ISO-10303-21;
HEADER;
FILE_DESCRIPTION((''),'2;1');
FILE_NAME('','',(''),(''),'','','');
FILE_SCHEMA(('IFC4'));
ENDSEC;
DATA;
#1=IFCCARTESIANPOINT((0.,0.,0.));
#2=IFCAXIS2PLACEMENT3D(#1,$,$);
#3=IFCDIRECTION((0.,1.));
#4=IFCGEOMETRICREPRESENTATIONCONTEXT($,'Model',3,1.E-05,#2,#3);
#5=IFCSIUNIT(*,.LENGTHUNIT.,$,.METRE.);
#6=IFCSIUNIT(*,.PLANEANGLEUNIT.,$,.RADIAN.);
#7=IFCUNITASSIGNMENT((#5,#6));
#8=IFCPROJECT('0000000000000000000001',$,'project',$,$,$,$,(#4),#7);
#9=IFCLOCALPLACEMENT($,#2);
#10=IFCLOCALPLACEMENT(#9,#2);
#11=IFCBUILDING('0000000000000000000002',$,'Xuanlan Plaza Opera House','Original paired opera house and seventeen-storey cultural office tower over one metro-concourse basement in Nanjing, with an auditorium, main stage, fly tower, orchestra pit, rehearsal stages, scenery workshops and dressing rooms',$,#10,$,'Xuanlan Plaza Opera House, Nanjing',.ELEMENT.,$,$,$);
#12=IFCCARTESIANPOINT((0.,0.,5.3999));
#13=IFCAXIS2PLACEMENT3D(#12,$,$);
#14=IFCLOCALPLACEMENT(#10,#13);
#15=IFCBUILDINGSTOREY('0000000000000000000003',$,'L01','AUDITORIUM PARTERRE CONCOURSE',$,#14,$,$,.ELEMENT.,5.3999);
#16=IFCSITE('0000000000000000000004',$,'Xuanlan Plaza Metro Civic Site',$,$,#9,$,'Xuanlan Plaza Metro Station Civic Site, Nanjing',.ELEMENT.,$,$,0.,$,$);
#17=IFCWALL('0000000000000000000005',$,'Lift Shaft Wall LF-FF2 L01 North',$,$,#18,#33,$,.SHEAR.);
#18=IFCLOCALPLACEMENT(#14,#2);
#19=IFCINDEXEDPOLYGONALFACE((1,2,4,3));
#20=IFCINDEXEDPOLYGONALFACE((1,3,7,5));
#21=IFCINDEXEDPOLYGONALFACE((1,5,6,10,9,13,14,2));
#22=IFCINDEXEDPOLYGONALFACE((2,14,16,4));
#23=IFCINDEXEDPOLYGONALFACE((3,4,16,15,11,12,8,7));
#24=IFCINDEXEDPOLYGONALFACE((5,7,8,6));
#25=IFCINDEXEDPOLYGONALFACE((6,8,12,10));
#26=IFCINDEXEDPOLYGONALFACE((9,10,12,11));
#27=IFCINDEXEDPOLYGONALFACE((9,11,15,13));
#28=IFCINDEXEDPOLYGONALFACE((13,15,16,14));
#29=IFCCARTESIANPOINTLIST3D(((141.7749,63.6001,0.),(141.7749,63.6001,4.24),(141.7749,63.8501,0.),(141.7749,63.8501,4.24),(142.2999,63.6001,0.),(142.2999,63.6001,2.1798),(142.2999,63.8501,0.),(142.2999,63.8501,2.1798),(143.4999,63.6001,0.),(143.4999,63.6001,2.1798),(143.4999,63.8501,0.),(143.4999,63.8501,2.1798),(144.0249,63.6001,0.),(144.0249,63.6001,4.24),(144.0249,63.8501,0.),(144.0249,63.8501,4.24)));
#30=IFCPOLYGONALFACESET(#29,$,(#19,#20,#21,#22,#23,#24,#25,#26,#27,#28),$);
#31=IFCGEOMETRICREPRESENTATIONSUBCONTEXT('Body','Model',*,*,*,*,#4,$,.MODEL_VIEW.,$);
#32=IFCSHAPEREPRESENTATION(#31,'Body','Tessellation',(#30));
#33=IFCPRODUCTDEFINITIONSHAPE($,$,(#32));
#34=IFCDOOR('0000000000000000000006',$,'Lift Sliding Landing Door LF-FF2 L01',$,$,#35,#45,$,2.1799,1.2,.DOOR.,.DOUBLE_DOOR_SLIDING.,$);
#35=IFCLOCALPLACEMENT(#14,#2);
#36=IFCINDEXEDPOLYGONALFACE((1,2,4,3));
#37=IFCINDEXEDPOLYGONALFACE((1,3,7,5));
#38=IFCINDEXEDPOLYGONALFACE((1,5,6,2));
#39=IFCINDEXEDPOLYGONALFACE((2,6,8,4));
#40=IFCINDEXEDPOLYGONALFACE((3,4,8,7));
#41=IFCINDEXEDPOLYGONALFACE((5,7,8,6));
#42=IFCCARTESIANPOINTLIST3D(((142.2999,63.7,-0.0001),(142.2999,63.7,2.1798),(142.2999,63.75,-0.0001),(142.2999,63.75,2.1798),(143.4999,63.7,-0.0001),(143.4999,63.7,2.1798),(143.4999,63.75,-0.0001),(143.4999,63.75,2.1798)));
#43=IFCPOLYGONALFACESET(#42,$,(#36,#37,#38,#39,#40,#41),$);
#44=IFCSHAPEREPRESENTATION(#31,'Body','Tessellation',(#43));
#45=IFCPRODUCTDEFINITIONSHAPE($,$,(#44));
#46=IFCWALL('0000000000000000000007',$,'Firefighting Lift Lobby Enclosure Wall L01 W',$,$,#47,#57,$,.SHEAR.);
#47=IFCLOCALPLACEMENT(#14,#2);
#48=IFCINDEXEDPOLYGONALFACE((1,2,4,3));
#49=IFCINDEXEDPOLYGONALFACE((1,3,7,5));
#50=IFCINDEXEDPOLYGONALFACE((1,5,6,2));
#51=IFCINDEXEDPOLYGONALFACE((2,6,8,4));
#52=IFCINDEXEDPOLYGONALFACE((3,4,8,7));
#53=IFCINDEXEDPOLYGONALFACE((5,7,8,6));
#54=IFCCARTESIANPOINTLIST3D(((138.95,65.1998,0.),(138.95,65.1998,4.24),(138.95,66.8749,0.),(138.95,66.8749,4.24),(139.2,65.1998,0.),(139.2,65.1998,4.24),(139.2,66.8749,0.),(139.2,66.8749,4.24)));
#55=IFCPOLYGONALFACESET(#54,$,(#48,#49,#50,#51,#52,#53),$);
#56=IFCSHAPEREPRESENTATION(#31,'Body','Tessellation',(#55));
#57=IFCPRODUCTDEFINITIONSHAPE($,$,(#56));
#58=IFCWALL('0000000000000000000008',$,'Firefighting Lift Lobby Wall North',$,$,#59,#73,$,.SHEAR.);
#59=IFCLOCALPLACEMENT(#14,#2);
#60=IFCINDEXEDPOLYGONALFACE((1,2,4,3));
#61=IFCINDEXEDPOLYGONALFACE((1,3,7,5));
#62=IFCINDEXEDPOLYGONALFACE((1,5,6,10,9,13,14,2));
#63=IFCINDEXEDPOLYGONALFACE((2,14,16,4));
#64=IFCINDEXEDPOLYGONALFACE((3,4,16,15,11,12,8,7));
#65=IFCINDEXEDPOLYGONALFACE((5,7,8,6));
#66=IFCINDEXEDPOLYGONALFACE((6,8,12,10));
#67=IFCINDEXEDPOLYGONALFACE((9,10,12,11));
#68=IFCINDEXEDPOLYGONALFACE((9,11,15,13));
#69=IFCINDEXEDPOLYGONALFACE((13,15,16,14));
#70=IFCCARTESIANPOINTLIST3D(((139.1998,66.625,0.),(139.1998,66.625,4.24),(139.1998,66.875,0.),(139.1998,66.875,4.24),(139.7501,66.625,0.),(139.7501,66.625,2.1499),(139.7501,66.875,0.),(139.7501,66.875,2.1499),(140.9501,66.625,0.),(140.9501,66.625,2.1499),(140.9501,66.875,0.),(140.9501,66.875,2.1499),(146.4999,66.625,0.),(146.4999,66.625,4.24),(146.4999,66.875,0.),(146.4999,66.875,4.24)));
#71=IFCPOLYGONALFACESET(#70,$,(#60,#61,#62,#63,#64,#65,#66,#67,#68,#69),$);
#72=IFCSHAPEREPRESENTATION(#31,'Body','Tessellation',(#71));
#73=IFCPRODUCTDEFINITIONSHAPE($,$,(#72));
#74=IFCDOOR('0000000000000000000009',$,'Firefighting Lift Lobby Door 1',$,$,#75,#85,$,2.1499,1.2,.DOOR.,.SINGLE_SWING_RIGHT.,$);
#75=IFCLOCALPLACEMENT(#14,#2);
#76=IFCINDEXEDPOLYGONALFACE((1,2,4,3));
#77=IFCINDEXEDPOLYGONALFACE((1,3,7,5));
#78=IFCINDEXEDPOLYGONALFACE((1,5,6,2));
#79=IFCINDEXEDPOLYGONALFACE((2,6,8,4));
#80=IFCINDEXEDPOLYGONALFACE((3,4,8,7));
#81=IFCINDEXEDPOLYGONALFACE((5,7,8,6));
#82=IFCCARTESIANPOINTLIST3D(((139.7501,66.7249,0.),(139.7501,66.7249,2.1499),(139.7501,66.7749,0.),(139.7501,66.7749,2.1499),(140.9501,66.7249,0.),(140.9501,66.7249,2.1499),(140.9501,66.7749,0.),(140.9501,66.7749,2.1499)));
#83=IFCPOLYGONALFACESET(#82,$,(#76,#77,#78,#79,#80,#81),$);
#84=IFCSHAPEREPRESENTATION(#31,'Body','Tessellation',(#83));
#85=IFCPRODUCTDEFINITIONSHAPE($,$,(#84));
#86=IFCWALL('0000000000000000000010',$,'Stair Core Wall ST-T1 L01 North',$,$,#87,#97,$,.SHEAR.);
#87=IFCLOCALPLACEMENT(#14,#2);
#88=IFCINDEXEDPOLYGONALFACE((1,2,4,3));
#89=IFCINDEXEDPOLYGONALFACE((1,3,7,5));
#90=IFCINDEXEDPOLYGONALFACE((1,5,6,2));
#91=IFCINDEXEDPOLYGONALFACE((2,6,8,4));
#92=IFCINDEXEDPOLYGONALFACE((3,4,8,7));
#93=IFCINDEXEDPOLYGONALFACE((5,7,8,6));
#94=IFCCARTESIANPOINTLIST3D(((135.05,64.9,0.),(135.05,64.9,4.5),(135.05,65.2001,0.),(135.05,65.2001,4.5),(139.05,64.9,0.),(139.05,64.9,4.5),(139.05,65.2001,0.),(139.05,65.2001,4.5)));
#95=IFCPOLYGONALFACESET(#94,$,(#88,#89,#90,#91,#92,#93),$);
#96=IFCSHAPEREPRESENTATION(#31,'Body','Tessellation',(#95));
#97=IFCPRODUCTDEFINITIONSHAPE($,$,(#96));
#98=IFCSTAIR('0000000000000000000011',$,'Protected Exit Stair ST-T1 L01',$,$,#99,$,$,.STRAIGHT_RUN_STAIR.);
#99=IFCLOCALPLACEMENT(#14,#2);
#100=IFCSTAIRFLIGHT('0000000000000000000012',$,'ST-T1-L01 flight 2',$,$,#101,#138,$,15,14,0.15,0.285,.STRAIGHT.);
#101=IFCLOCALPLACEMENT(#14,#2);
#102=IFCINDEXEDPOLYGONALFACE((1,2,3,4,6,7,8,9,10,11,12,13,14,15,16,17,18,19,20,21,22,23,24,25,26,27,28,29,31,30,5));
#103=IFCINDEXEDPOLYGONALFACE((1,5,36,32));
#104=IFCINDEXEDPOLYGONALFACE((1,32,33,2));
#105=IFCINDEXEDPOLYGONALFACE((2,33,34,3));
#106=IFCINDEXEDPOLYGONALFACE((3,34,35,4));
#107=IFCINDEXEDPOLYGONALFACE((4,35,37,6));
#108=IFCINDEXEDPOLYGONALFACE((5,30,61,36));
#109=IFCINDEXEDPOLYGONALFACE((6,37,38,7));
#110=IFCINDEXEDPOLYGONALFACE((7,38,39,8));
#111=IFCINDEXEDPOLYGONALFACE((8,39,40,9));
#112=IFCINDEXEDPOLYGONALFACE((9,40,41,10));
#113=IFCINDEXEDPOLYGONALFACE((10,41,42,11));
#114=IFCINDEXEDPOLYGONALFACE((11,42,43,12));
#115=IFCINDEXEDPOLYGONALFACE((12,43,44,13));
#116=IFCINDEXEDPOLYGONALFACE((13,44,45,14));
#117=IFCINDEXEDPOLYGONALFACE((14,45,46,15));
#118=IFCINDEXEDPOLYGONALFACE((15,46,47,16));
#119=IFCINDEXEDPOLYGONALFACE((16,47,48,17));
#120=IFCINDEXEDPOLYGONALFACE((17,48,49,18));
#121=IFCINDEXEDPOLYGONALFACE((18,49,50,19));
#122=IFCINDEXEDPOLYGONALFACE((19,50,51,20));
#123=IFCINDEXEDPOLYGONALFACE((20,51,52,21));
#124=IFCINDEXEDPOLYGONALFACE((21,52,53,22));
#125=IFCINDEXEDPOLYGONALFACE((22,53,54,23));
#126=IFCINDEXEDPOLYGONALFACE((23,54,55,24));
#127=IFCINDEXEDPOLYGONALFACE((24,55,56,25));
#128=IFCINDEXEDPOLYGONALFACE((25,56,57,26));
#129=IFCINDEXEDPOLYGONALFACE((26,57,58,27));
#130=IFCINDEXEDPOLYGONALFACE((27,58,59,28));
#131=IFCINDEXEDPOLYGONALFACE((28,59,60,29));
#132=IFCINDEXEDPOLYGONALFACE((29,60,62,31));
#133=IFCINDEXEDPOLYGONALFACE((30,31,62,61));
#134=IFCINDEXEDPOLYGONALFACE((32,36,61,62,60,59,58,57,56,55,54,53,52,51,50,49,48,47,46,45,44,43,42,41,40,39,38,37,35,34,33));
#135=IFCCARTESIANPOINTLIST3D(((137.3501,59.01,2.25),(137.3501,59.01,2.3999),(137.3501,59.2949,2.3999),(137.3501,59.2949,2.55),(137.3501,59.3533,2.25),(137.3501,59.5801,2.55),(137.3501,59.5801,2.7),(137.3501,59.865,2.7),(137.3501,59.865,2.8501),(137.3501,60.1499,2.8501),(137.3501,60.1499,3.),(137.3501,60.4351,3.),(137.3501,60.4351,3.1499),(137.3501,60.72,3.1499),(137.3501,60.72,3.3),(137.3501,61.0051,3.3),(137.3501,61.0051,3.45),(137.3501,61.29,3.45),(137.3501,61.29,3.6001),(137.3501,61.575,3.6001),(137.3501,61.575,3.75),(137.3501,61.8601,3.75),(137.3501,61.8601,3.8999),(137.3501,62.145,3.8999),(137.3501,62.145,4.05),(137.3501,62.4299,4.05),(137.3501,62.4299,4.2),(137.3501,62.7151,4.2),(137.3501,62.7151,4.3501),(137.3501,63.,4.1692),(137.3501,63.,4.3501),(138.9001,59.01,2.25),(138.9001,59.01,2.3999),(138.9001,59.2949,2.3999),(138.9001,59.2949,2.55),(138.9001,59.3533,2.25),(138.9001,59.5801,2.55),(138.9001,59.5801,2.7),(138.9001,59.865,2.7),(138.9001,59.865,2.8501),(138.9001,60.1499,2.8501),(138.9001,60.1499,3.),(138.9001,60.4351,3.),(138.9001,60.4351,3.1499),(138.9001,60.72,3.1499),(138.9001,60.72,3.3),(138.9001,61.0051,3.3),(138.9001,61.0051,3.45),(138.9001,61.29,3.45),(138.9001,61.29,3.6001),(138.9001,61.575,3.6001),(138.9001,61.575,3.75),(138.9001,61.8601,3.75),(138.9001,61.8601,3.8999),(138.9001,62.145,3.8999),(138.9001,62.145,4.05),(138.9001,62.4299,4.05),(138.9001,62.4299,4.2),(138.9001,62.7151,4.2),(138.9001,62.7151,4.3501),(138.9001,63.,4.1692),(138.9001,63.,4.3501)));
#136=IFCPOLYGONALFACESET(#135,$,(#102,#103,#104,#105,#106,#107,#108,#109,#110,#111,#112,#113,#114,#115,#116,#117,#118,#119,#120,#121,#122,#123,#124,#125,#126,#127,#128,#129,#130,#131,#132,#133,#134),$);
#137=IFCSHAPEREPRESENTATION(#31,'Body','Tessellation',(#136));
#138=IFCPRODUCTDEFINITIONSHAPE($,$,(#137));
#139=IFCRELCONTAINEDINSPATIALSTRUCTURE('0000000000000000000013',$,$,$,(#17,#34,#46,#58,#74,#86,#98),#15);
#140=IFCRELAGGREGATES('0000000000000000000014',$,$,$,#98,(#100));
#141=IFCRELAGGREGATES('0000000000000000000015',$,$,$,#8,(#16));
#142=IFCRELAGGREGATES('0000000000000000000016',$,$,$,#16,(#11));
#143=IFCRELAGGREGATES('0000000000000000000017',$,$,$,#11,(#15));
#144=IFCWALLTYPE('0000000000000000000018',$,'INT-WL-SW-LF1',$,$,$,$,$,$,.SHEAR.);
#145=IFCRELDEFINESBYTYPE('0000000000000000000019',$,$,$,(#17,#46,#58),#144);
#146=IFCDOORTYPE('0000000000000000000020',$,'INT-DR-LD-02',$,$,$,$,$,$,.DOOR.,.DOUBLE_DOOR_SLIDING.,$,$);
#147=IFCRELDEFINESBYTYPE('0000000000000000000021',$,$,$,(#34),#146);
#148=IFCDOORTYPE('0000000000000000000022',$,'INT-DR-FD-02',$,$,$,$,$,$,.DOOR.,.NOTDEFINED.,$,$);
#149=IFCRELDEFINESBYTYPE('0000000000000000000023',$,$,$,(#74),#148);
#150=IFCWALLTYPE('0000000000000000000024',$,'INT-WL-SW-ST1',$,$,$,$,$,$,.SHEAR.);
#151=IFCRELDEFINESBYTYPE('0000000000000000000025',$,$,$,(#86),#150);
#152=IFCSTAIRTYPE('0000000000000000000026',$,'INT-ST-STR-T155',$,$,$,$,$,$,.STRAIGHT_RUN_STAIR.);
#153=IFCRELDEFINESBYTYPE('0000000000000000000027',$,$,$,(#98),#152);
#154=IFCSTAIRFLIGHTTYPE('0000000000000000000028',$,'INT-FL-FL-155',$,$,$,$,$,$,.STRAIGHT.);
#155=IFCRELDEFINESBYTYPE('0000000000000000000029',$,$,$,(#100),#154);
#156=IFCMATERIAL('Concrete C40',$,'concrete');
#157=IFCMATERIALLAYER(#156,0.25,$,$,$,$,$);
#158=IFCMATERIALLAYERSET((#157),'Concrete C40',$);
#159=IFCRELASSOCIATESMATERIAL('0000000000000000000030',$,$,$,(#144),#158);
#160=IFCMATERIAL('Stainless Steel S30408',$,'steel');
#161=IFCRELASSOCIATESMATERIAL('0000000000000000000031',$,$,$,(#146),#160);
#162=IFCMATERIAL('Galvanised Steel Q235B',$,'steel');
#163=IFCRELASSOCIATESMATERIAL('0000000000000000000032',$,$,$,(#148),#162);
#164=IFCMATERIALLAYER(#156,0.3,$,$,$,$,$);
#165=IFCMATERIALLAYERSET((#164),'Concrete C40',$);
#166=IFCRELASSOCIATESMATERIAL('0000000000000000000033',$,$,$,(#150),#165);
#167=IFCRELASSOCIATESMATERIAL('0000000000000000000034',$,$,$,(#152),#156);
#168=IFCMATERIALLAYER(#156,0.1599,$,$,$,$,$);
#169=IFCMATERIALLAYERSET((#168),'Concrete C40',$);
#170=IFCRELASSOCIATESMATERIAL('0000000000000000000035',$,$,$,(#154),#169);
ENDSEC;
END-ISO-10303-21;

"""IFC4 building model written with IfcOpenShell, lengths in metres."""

from ifc_helpers import new_model, si_unit, direction, frame, frame_2d, origin, place, context, subcontext, project, spatial, polyline, rectangle, outline, extrude, material, layer, layer_set, type_object, element, fill, aggregate, save


model = new_model("IFC4")

# Units and contexts
model_context = context("Model", 3, precision=1e-05, world=origin(), true_north=direction((0.0, 1.0)))
body_context = subcontext(model_context, "Body", "Model", "MODEL_VIEW")
ifc_project = project(units=[si_unit("LENGTHUNIT", "METRE"), si_unit("PLANEANGLEUNIT", "RADIAN")], contexts=[model_context])

# Site, building, storey
site_placement = place(None, origin())
site = spatial("IfcSite", under=ifc_project, at=site_placement, Name="Xuanlan Plaza Metro Civic Site", LongName="Xuanlan Plaza Metro Station Civic Site, Nanjing", CompositionType="ELEMENT", RefElevation=0.0)
building_placement = place(site_placement, origin())
building = spatial("IfcBuilding", under=site, at=building_placement, Name="Xuanlan Plaza Opera House", Description="Original paired opera house and seventeen-storey cultural office tower over one metro-concourse basement in Nanjing, with an auditorium, main stage, fly tower, orchestra pit, rehearsal stages, scenery workshops and dressing rooms", LongName="Xuanlan Plaza Opera House, Nanjing", CompositionType="ELEMENT")
storey_placement = place(building_placement, frame((0.0, 0.0, 5.3999)))
storey = spatial("IfcBuildingStorey", under=building, at=storey_placement, Name="L01", Description="AUDITORIUM PARTERRE CONCOURSE", CompositionType="ELEMENT", Elevation=5.3999)

# Shared definitions
ifc_material_1 = material(Name="Concrete C40", Category="concrete")

# Shared definitions
ifc_layer_1 = layer(ifc_material_1, 0.25)
ifc_layer_set_1 = layer_set([ifc_layer_1], Name="Concrete C40")
wall_type_1 = type_object("IfcWallType", Name="INT-WL-SW-LF1", PredefinedType="SHEAR", material=ifc_layer_set_1)

# Shared definitions
ifc_material_2 = material(Name="Stainless Steel S30408", Category="steel")
door_type_1 = type_object("IfcDoorType", Name="INT-DR-LD-02", OperationType="DOUBLE_DOOR_SLIDING", PredefinedType="DOOR", material=ifc_material_2)

# Wall, opening, door
wall_1_placement = place(storey_placement, frame((141.7749, 63.7251, 0.0), z_axis=(0.0, 0.0, 1.0), x_axis=(1.0, 0.0, 0.0)))
wall_1 = element("IfcWall", 1, at=wall_1_placement, inside=storey, type_object=wall_type_1, Name="Lift Shaft Wall LF-FF2 L01 North", PredefinedType="SHEAR", context=body_context, shape_type="SweptSolid", body=[
    extrude(rectangle(XDim=2.25, YDim=0.25, at=frame_2d((1.125, 0.0))), origin(), (0.0, 0.0, 1.0), 4.24),
])
opening_1_placement = place(wall_1_placement, frame((0.5249, 0.0, 0.0)))
opening_1 = element("IfcOpeningElement", 2, at=opening_1_placement, cuts=wall_1, PredefinedType="OPENING", context=body_context, shape_type="SweptSolid", body=[
    extrude(rectangle(XDim=1.2, YDim=2.1799, at=frame_2d((0.6001, 1.0898))), frame((0.0, 0.135, 0.0), z_axis=(0.0, -1.0, 0.0), x_axis=(1.0, 0.0, 0.0)), (0.0, 0.0, 1.0), 0.27),
])
door_1_placement = place(opening_1_placement, origin())
door_1 = element("IfcDoor", 3, at=door_1_placement, inside=storey, type_object=door_type_1, Name="Lift Sliding Landing Door LF-FF2 L01", OperationType="DOUBLE_DOOR_SLIDING", OverallHeight=2.1799, OverallWidth=1.2, PredefinedType="DOOR", context=body_context, shape_type="SweptSolid", body=[
    extrude(rectangle(XDim=1.2, YDim=2.1799, at=frame_2d((0.6001, 1.0898))), frame((0.0, 0.0249, 0.0), z_axis=(0.0, -1.0, 0.0), x_axis=(1.0, 0.0, 0.0)), (0.0, 0.0, 1.0), 0.05),
])
fill(opening_1, door_1)

# Wall
wall_2_placement = place(storey_placement, frame((139.075, 65.2, 0.0), z_axis=(0.0, 0.0, 1.0), x_axis=(0.0, 1.0, 0.0)))
element("IfcWall", 4, at=wall_2_placement, inside=storey, type_object=wall_type_1, Name="Firefighting Lift Lobby Enclosure Wall L01 W", PredefinedType="SHEAR", context=body_context, shape_type="SweptSolid", body=[
    extrude(rectangle(XDim=1.675, YDim=0.25, at=frame_2d((0.8374, 0.0))), origin(), (0.0, 0.0, 1.0), 4.24),
])

# Wall, opening, door
wall_3_placement = place(storey_placement, frame((139.2, 66.75, 0.0), z_axis=(0.0, 0.0, 1.0), x_axis=(1.0, 0.0, 0.0)))
wall_3 = element("IfcWall", 5, at=wall_3_placement, inside=storey, type_object=wall_type_1, Name="Firefighting Lift Lobby Wall North", PredefinedType="SHEAR", context=body_context, shape_type="SweptSolid", body=[
    extrude(rectangle(XDim=7.3, YDim=0.25, at=frame_2d((3.6499, 0.0))), origin(), (0.0, 0.0, 1.0), 4.24),
])
opening_2_placement = place(wall_3_placement, frame((0.55, 0.0, 0.0)))
opening_2 = element("IfcOpeningElement", 6, at=opening_2_placement, cuts=wall_3, PredefinedType="OPENING", context=body_context, shape_type="SweptSolid", body=[
    extrude(rectangle(XDim=1.2, YDim=2.1499, at=frame_2d((0.6001, 1.075))), frame((0.0, 0.135, 0.0), z_axis=(0.0, -1.0, 0.0), x_axis=(1.0, 0.0, 0.0)), (0.0, 0.0, 1.0), 0.27),
])
ifc_material_3 = material(Name="Galvanised Steel Q235B", Category="steel")
door_type_2 = type_object("IfcDoorType", Name="INT-DR-FD-02", OperationType="NOTDEFINED", PredefinedType="DOOR", material=ifc_material_3)
door_2_placement = place(opening_2_placement, origin())
door_2 = element("IfcDoor", 7, at=door_2_placement, inside=storey, type_object=door_type_2, Name="Firefighting Lift Lobby Door 1", OperationType="SINGLE_SWING_RIGHT", OverallHeight=2.1499, OverallWidth=1.2, PredefinedType="DOOR", context=body_context, shape_type="SweptSolid", body=[
    extrude(rectangle(XDim=1.2, YDim=2.1499, at=frame_2d((0.6001, 1.075))), frame((0.0, 0.0249, 0.0), z_axis=(0.0, -1.0, 0.0), x_axis=(1.0, 0.0, 0.0)), (0.0, 0.0, 1.0), 0.05),
])
fill(opening_2, door_2)

# Wall
ifc_layer_2 = layer(ifc_material_1, 0.3)
ifc_layer_set_2 = layer_set([ifc_layer_2], Name="Concrete C40")
wall_type_2 = type_object("IfcWallType", Name="INT-WL-SW-ST1", PredefinedType="SHEAR", material=ifc_layer_set_2)
wall_4_placement = place(storey_placement, frame((135.05, 65.05, 0.0), z_axis=(0.0, 0.0, 1.0), x_axis=(1.0, 0.0, 0.0)))
element("IfcWall", 8, at=wall_4_placement, inside=storey, type_object=wall_type_2, Name="Stair Core Wall ST-T1 L01 North", PredefinedType="SHEAR", context=body_context, shape_type="SweptSolid", body=[
    extrude(rectangle(XDim=4.0, YDim=0.3, at=frame_2d((2.0, 0.0))), origin(), (0.0, 0.0, 1.0), 4.5),
])

# Stair, stair flight
stair_type = type_object("IfcStairType", Name="INT-ST-STR-T155", PredefinedType="STRAIGHT_RUN_STAIR", material=ifc_material_1)
stair_placement = place(storey_placement, origin())
stair = element("IfcStair", 9, at=stair_placement, inside=storey, type_object=stair_type, Name="Protected Exit Stair ST-T1 L01", PredefinedType="STRAIGHT_RUN_STAIR")
ifc_layer_3 = layer(ifc_material_1, 0.1599)
ifc_layer_set_3 = layer_set([ifc_layer_3], Name="Concrete C40")
stair_flight_type = type_object("IfcStairFlightType", Name="INT-FL-FL-155", PredefinedType="STRAIGHT", material=ifc_layer_set_3)
stair_flight_placement = place(storey_placement, frame((138.125, 59.01, 2.25), z_axis=(0.0, 0.0, 1.0), x_axis=(0.0, 1.0, 0.0)))
stair_flight = element("IfcStairFlight", 10, at=stair_flight_placement, type_object=stair_flight_type, Name="ST-T1-L01 flight 2", NumberOfRisers=15, NumberOfTreads=14, PredefinedType="STRAIGHT", RiserHeight=0.15, TreadLength=0.285, context=body_context, shape_type="SweptSolid", body=[
    extrude(outline(polyline([(0.0, 0.0), (0.0, 0.1499), (0.2849, 0.1499), (0.2849, 0.3), (0.5701, 0.3), (0.5701, 0.45), (0.855, 0.45), (0.855, 0.6001), (1.1399, 0.6001), (1.1399, 0.75), (1.425, 0.75), (1.425, 0.8999), (1.71, 0.8999), (1.71, 1.05), (1.9951, 1.05), (1.9951, 1.2), (2.28, 1.2), (2.28, 1.3501), (2.5649, 1.3501), (2.5649, 1.5), (2.8501, 1.5), (2.8501, 1.6499), (3.135, 1.6499), (3.135, 1.8), (3.4199, 1.8), (3.4199, 1.95), (3.7051, 1.95), (3.7051, 2.1001), (3.99, 2.1001), (3.99, 2.25), (3.99, 1.9192), (0.3433, 0.0), (0.0, 0.0)])), frame((0.0, 0.7749, 0.0), z_axis=(0.0, -1.0, 0.0), x_axis=(1.0, 0.0, 0.0)), (0.0, 0.0, 1.0), 1.55),
])
aggregate(stair, [stair_flight])

save(model, "model.ifc")
